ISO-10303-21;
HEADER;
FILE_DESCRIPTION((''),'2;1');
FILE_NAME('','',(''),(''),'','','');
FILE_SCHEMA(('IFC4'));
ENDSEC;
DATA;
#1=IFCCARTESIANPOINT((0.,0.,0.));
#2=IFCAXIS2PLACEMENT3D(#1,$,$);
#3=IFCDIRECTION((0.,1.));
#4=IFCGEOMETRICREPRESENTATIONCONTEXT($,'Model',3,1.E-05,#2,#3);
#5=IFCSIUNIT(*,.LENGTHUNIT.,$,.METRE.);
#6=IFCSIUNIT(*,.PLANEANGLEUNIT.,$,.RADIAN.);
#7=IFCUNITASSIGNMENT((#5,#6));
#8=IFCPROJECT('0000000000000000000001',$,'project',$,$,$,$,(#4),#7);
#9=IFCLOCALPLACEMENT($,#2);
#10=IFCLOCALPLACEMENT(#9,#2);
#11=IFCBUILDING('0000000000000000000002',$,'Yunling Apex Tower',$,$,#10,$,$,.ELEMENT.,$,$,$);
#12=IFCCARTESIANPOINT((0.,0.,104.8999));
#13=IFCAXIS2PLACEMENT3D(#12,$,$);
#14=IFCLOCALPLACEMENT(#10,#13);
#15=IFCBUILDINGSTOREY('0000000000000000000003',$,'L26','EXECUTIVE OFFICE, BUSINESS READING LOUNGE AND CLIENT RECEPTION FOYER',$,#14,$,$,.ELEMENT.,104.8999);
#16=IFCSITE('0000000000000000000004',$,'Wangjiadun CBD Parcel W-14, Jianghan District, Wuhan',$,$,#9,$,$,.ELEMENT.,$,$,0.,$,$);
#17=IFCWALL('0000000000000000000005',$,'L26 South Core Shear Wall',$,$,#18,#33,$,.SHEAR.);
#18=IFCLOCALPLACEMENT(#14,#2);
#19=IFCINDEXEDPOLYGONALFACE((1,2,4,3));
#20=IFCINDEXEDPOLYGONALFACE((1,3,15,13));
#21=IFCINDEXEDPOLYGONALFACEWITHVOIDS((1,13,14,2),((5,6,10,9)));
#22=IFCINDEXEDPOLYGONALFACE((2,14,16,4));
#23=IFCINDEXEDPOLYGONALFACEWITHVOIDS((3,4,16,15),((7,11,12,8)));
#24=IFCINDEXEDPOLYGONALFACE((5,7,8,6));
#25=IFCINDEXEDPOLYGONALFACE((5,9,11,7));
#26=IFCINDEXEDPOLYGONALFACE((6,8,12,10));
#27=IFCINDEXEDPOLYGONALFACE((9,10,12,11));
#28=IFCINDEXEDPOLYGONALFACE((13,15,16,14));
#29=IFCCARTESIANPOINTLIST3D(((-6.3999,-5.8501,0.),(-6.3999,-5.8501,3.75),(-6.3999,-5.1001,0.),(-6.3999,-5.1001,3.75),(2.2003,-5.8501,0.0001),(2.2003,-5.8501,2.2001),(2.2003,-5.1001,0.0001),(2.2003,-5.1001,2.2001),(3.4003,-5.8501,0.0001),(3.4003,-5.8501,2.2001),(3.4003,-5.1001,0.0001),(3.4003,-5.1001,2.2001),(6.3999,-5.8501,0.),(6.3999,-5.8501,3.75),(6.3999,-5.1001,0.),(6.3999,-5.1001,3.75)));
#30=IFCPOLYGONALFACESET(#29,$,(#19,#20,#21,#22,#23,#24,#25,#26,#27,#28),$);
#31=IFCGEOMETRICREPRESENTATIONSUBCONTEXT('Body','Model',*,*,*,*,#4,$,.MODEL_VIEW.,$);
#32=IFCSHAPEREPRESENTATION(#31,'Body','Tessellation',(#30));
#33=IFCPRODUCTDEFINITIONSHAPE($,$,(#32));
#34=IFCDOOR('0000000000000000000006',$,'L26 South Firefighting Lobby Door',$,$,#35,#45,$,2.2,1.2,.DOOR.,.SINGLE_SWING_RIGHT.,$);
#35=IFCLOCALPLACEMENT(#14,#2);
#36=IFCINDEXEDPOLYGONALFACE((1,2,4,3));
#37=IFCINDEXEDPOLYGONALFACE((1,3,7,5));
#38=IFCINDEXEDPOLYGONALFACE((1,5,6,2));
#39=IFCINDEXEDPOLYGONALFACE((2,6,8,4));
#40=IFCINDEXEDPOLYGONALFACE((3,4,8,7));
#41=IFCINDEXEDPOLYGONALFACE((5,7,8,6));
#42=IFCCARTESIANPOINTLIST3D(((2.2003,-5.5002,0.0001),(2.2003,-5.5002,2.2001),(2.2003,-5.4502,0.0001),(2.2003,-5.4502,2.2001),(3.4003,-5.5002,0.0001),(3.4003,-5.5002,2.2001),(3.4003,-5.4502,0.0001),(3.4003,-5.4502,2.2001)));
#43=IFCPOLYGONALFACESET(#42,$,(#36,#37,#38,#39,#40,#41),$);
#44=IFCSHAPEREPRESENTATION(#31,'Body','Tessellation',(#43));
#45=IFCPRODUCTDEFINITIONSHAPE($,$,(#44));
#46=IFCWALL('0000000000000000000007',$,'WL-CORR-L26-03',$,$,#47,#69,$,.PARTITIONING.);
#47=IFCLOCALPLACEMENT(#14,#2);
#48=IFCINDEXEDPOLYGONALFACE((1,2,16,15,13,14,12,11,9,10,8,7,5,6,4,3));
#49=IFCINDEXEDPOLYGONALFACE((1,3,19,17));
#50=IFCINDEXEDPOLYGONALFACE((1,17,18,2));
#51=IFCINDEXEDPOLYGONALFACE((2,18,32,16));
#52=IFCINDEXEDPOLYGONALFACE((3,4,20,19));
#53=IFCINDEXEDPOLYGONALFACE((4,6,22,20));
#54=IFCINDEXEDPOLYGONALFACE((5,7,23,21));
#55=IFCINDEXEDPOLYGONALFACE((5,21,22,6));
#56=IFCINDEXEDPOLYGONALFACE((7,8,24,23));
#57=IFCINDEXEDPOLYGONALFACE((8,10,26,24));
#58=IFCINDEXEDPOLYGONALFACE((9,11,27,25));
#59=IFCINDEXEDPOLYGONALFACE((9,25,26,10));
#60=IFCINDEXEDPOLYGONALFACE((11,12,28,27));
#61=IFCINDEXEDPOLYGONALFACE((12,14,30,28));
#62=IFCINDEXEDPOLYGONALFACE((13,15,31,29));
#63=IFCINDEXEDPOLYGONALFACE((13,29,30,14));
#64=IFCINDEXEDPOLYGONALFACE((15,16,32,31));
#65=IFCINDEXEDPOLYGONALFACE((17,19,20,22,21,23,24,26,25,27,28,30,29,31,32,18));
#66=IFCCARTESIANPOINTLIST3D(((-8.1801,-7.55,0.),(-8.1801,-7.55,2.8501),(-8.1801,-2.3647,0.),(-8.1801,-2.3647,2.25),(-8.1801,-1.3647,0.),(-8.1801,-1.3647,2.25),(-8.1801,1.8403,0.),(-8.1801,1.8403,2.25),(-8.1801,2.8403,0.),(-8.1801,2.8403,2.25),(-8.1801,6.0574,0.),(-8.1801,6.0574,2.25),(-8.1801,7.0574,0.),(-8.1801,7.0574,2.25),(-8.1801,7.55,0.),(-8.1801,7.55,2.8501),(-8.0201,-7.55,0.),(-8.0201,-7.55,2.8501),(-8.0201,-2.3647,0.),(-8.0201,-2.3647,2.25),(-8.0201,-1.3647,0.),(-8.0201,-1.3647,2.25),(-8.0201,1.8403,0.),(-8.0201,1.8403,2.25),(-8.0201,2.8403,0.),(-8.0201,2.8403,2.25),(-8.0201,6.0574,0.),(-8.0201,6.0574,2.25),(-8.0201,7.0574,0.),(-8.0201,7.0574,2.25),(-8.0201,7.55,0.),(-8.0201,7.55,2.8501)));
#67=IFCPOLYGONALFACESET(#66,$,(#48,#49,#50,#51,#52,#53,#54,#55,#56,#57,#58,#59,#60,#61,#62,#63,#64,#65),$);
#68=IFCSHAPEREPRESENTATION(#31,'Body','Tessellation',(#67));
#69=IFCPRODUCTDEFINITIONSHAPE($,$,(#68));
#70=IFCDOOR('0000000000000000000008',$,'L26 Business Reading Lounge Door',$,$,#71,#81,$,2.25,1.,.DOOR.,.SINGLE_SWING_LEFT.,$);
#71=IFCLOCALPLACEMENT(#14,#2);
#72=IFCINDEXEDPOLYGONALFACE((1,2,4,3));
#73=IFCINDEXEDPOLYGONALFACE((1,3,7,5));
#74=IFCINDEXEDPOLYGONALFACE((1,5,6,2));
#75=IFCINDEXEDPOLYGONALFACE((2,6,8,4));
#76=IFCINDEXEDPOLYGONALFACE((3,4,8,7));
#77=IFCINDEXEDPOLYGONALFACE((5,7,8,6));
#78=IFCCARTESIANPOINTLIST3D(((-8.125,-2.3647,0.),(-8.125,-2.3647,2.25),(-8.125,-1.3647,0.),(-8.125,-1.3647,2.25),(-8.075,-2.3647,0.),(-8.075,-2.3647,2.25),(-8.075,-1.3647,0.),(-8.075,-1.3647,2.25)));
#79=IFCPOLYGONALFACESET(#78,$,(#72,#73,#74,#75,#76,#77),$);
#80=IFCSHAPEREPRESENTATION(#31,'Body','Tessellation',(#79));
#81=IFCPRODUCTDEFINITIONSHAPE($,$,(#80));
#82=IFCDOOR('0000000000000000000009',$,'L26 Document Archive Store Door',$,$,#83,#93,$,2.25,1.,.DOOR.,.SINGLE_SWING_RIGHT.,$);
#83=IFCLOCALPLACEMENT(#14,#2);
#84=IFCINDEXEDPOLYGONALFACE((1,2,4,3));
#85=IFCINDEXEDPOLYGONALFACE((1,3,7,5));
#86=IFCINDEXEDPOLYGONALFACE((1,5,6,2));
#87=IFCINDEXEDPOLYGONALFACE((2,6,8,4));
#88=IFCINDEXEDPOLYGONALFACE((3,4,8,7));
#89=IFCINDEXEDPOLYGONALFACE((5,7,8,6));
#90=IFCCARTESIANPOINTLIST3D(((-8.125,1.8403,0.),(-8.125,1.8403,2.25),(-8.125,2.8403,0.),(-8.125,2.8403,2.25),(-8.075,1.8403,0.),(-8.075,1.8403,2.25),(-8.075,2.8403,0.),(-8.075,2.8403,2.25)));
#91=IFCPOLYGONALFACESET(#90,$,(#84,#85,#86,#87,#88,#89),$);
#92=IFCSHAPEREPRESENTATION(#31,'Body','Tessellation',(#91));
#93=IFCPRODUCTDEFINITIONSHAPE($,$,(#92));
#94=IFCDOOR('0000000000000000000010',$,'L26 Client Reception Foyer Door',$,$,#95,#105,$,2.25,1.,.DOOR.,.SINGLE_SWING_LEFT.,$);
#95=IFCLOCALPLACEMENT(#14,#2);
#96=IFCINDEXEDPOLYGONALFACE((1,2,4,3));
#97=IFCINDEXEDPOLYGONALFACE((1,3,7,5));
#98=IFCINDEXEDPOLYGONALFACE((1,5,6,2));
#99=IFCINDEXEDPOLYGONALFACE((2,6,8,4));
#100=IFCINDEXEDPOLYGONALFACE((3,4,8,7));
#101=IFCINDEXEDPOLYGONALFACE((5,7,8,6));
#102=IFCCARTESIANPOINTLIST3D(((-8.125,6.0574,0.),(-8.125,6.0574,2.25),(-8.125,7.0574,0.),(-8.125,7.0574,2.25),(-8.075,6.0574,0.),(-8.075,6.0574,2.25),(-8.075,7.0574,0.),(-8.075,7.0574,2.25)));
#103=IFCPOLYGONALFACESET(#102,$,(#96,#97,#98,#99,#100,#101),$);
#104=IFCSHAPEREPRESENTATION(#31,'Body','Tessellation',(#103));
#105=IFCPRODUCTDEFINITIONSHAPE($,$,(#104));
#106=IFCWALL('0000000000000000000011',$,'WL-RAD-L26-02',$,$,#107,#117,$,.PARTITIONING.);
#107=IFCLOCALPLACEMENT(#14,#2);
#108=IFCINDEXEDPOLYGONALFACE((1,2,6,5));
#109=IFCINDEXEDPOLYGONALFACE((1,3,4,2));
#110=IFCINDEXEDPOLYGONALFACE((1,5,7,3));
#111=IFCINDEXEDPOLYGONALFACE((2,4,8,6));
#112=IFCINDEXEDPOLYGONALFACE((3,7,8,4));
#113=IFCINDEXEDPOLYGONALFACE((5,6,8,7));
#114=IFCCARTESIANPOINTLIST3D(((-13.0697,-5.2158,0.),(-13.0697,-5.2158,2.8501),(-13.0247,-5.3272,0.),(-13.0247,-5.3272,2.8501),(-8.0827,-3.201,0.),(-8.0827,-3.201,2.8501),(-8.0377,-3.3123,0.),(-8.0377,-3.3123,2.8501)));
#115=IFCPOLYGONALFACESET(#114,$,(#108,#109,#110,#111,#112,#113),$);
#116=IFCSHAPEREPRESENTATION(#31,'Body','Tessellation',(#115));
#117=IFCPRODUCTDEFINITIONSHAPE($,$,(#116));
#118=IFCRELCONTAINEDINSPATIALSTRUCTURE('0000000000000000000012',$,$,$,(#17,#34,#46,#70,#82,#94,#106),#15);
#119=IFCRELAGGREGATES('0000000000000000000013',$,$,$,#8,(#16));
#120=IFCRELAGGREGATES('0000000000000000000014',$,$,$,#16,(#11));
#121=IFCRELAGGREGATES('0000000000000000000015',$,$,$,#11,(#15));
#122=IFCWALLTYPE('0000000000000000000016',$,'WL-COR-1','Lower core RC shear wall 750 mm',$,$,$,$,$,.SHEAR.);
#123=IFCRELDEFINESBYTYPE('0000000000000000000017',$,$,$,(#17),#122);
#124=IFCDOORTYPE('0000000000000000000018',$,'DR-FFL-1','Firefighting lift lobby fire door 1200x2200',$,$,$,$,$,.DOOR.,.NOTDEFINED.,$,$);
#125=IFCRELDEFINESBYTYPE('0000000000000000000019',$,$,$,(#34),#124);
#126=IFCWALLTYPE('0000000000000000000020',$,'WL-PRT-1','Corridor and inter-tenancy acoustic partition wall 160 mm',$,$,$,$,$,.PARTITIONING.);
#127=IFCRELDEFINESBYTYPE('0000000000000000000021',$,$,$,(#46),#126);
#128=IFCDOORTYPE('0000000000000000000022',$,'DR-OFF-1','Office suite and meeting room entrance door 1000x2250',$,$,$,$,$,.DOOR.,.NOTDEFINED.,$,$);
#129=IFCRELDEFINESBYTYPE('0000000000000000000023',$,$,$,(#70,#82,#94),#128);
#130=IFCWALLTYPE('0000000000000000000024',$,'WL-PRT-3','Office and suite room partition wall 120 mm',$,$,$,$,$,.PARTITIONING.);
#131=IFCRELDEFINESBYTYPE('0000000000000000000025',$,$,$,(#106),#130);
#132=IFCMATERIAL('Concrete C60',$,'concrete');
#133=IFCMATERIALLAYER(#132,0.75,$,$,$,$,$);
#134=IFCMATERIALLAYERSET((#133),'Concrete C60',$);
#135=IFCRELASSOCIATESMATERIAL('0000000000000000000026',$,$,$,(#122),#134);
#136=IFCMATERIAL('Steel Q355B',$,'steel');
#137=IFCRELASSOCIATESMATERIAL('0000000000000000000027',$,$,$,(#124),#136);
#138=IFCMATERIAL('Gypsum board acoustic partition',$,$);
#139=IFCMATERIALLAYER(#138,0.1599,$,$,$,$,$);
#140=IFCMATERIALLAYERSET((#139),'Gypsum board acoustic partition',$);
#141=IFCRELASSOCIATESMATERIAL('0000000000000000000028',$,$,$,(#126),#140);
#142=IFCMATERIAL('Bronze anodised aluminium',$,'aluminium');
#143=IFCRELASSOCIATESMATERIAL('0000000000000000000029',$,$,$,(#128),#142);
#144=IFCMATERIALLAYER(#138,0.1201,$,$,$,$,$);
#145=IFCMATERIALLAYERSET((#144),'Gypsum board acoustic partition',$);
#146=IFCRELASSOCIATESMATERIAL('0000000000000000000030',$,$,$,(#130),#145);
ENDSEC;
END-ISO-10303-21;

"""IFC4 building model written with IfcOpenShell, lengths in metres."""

from ifc_helpers import new_model, si_unit, direction, frame, frame_2d, origin, place, context, subcontext, project, spatial, rectangle, extrude, material, layer, layer_set, type_object, element, fill, save


model = new_model("IFC4")

# Units and contexts
model_context = context("Model", 3, precision=1e-05, world=origin(), true_north=direction((0.0, 1.0)))
body_context = subcontext(model_context, "Body", "Model", "MODEL_VIEW")
ifc_project = project(units=[si_unit("LENGTHUNIT", "METRE"), si_unit("PLANEANGLEUNIT", "RADIAN")], contexts=[model_context])

# Site, building, storey
site_placement = place(None, origin())
site = spatial("IfcSite", under=ifc_project, at=site_placement, Name="Wangjiadun CBD Parcel W-14, Jianghan District, Wuhan", CompositionType="ELEMENT", RefElevation=0.0)
building_placement = place(site_placement, origin())
building = spatial("IfcBuilding", under=site, at=building_placement, Name="Yunling Apex Tower", CompositionType="ELEMENT")
storey_placement = place(building_placement, frame((0.0, 0.0, 104.8999)))
storey = spatial("IfcBuildingStorey", under=building, at=storey_placement, Name="L26", Description="EXECUTIVE OFFICE, BUSINESS READING LOUNGE AND CLIENT RECEPTION FOYER", CompositionType="ELEMENT", Elevation=104.8999)

# Shared definitions
ifc_material_1 = material(Name="Steel Q355B", Category="steel")

# Shared definitions
ifc_material_2 = material(Name="Bronze anodised aluminium", Category="aluminium")

# Wall, opening, door
ifc_material_3 = material(Name="Concrete C60", Category="concrete")
ifc_layer_1 = layer(ifc_material_3, 0.75)
ifc_layer_set_1 = layer_set([ifc_layer_1], Name="Concrete C60")
wall_type_1 = type_object("IfcWallType", Name="WL-COR-1", Description="Lower core RC shear wall 750 mm", PredefinedType="SHEAR", material=ifc_layer_set_1)
wall_1_placement = place(storey_placement, frame((-6.3999, -5.4751, 0.0), z_axis=(0.0, 0.0, 1.0), x_axis=(1.0, 0.0, 0.0)))
wall_1 = element("IfcWall", 1, at=wall_1_placement, inside=storey, type_object=wall_type_1, Name="L26 South Core Shear Wall", PredefinedType="SHEAR", context=body_context, shape_type="SweptSolid", body=[
    extrude(rectangle(XDim=12.7998, YDim=0.75, at=frame_2d((6.3999, 0.0))), origin(), (0.0, 0.0, 1.0), 3.75),
])
opening_1_placement = place(wall_1_placement, frame((8.6001, 0.0, 0.0)))
opening_1 = element("IfcOpeningElement", 2, at=opening_1_placement, cuts=wall_1, PredefinedType="OPENING", context=body_context, shape_type="SweptSolid", body=[
    extrude(rectangle(XDim=1.2, YDim=2.2, at=frame_2d((0.6001, 1.1001))), frame((0.0, 0.385, 0.0), z_axis=(0.0, -1.0, 0.0), x_axis=(1.0, 0.0, 0.0)), (0.0, 0.0, 1.0), 0.77),
])
door_type_1 = type_object("IfcDoorType", Name="DR-FFL-1", Description="Firefighting lift lobby fire door 1200x2200", OperationType="NOTDEFINED", PredefinedType="DOOR", material=ifc_material_1)
door_1_placement = place(opening_1_placement, origin())
door_1 = element("IfcDoor", 3, at=door_1_placement, inside=storey, type_object=door_type_1, Name="L26 South Firefighting Lobby Door", OperationType="SINGLE_SWING_RIGHT", OverallHeight=2.2, OverallWidth=1.2, PredefinedType="DOOR", context=body_context, shape_type="SweptSolid", body=[
    extrude(rectangle(XDim=1.2, YDim=2.2, at=frame_2d((0.6001, 1.1001))), frame((0.0, 0.0249, 0.0), z_axis=(0.0, -1.0, 0.0), x_axis=(1.0, 0.0, 0.0)), (0.0, 0.0, 1.0), 0.05),
])
fill(opening_1, door_1)

# Wall, openings, doors
ifc_material_4 = material(Name="Gypsum board acoustic partition")
ifc_layer_2 = layer(ifc_material_4, 0.1599)
ifc_layer_set_2 = layer_set([ifc_layer_2], Name="Gypsum board acoustic partition")
wall_type_2 = type_object("IfcWallType", Name="WL-PRT-1", Description="Corridor and inter-tenancy acoustic partition wall 160 mm", PredefinedType="PARTITIONING", material=ifc_layer_set_2)
wall_2_placement = place(storey_placement, frame((-8.1001, -7.55, 0.0), z_axis=(0.0, 0.0, 1.0), x_axis=(0.0, 1.0, 0.0)))
wall_2 = element("IfcWall", 4, at=wall_2_placement, inside=storey, type_object=wall_type_2, Name="WL-CORR-L26-03", PredefinedType="PARTITIONING", context=body_context, shape_type="SweptSolid", body=[
    extrude(rectangle(XDim=15.1001, YDim=0.1599, at=frame_2d((7.55, 0.0))), origin(), (0.0, 0.0, 1.0), 2.8501),
])
opening_2_placement = place(wall_2_placement, frame((5.1853, 0.0, 0.0)))
opening_2 = element("IfcOpeningElement", 5, at=opening_2_placement, cuts=wall_2, PredefinedType="OPENING", context=body_context, shape_type="SweptSolid", body=[
    extrude(rectangle(XDim=1.0, YDim=2.25, at=frame_2d((0.5, 1.125))), frame((0.0, 0.0898, 0.0), z_axis=(0.0, -1.0, 0.0), x_axis=(1.0, 0.0, 0.0)), (0.0, 0.0, 1.0), 0.1799),
])
opening_3_placement = place(wall_2_placement, frame((9.3904, 0.0, 0.0)))
opening_3 = element("IfcOpeningElement", 6, at=opening_3_placement, cuts=wall_2, PredefinedType="OPENING", context=body_context, shape_type="SweptSolid", body=[
    extrude(rectangle(XDim=1.0, YDim=2.25, at=frame_2d((0.5, 1.125))), frame((0.0, 0.0898, 0.0), z_axis=(0.0, -1.0, 0.0), x_axis=(1.0, 0.0, 0.0)), (0.0, 0.0, 1.0), 0.1799),
])
opening_4_placement = place(wall_2_placement, frame((13.6074, 0.0, 0.0)))
opening_4 = element("IfcOpeningElement", 7, at=opening_4_placement, cuts=wall_2, PredefinedType="OPENING", context=body_context, shape_type="SweptSolid", body=[
    extrude(rectangle(XDim=1.0, YDim=2.25, at=frame_2d((0.5, 1.125))), frame((0.0, 0.0898, 0.0), z_axis=(0.0, -1.0, 0.0), x_axis=(1.0, 0.0, 0.0)), (0.0, 0.0, 1.0), 0.1799),
])
door_type_2 = type_object("IfcDoorType", Name="DR-OFF-1", Description="Office suite and meeting room entrance door 1000x2250", OperationType="NOTDEFINED", PredefinedType="DOOR", material=ifc_material_2)
door_2_placement = place(opening_2_placement, origin())
door_2 = element("IfcDoor", 8, at=door_2_placement, inside=storey, type_object=door_type_2, Name="L26 Business Reading Lounge Door", OperationType="SINGLE_SWING_LEFT", OverallHeight=2.25, OverallWidth=1.0, PredefinedType="DOOR", context=body_context, shape_type="SweptSolid", body=[
    extrude(rectangle(XDim=1.0, YDim=2.25, at=frame_2d((0.5, 1.125))), frame((0.0, 0.0249, 0.0), z_axis=(0.0, -1.0, 0.0), x_axis=(1.0, 0.0, 0.0)), (0.0, 0.0, 1.0), 0.05),
])
fill(opening_2, door_2)
door_3_placement = place(opening_3_placement, origin())
door_3 = element("IfcDoor", 9, at=door_3_placement, inside=storey, type_object=door_type_2, Name="L26 Document Archive Store Door", OperationType="SINGLE_SWING_RIGHT", OverallHeight=2.25, OverallWidth=1.0, PredefinedType="DOOR", context=body_context, shape_type="SweptSolid", body=[
    extrude(rectangle(XDim=1.0, YDim=2.25, at=frame_2d((0.5, 1.125))), frame((0.0, 0.0249, 0.0), z_axis=(0.0, -1.0, 0.0), x_axis=(1.0, 0.0, 0.0)), (0.0, 0.0, 1.0), 0.05),
])
fill(opening_3, door_3)
door_4_placement = place(opening_4_placement, origin())
door_4 = element("IfcDoor", 10, at=door_4_placement, inside=storey, type_object=door_type_2, Name="L26 Client Reception Foyer Door", OperationType="SINGLE_SWING_LEFT", OverallHeight=2.25, OverallWidth=1.0, PredefinedType="DOOR", context=body_context, shape_type="SweptSolid", body=[
    extrude(rectangle(XDim=1.0, YDim=2.25, at=frame_2d((0.5, 1.125))), frame((0.0, 0.0249, 0.0), z_axis=(0.0, -1.0, 0.0), x_axis=(1.0, 0.0, 0.0)), (0.0, 0.0, 1.0), 0.05),
])
fill(opening_4, door_4)

# Wall
ifc_layer_3 = layer(ifc_material_4, 0.1201)
ifc_layer_set_3 = layer_set([ifc_layer_3], Name="Gypsum board acoustic partition")
wall_type_3 = type_object("IfcWallType", Name="WL-PRT-3", Description="Office and suite room partition wall 120 mm", PredefinedType="PARTITIONING", material=ifc_layer_set_3)
wall_3_placement = place(storey_placement, frame((-8.0601, -3.2566, 0.0), z_axis=(0.0, 0.0, 1.0), x_axis=(-0.927185, -0.374605, 0.0)))
element("IfcWall", 11, at=wall_3_placement, inside=storey, type_object=wall_type_3, Name="WL-RAD-L26-02", PredefinedType="PARTITIONING", context=body_context, shape_type="SweptSolid", body=[
    extrude(rectangle(XDim=5.3787, YDim=0.1201, at=frame_2d((2.6895, 0.0))), origin(), (0.0, 0.0, 1.0), 2.8501),
])

save(model, "model.ifc")
